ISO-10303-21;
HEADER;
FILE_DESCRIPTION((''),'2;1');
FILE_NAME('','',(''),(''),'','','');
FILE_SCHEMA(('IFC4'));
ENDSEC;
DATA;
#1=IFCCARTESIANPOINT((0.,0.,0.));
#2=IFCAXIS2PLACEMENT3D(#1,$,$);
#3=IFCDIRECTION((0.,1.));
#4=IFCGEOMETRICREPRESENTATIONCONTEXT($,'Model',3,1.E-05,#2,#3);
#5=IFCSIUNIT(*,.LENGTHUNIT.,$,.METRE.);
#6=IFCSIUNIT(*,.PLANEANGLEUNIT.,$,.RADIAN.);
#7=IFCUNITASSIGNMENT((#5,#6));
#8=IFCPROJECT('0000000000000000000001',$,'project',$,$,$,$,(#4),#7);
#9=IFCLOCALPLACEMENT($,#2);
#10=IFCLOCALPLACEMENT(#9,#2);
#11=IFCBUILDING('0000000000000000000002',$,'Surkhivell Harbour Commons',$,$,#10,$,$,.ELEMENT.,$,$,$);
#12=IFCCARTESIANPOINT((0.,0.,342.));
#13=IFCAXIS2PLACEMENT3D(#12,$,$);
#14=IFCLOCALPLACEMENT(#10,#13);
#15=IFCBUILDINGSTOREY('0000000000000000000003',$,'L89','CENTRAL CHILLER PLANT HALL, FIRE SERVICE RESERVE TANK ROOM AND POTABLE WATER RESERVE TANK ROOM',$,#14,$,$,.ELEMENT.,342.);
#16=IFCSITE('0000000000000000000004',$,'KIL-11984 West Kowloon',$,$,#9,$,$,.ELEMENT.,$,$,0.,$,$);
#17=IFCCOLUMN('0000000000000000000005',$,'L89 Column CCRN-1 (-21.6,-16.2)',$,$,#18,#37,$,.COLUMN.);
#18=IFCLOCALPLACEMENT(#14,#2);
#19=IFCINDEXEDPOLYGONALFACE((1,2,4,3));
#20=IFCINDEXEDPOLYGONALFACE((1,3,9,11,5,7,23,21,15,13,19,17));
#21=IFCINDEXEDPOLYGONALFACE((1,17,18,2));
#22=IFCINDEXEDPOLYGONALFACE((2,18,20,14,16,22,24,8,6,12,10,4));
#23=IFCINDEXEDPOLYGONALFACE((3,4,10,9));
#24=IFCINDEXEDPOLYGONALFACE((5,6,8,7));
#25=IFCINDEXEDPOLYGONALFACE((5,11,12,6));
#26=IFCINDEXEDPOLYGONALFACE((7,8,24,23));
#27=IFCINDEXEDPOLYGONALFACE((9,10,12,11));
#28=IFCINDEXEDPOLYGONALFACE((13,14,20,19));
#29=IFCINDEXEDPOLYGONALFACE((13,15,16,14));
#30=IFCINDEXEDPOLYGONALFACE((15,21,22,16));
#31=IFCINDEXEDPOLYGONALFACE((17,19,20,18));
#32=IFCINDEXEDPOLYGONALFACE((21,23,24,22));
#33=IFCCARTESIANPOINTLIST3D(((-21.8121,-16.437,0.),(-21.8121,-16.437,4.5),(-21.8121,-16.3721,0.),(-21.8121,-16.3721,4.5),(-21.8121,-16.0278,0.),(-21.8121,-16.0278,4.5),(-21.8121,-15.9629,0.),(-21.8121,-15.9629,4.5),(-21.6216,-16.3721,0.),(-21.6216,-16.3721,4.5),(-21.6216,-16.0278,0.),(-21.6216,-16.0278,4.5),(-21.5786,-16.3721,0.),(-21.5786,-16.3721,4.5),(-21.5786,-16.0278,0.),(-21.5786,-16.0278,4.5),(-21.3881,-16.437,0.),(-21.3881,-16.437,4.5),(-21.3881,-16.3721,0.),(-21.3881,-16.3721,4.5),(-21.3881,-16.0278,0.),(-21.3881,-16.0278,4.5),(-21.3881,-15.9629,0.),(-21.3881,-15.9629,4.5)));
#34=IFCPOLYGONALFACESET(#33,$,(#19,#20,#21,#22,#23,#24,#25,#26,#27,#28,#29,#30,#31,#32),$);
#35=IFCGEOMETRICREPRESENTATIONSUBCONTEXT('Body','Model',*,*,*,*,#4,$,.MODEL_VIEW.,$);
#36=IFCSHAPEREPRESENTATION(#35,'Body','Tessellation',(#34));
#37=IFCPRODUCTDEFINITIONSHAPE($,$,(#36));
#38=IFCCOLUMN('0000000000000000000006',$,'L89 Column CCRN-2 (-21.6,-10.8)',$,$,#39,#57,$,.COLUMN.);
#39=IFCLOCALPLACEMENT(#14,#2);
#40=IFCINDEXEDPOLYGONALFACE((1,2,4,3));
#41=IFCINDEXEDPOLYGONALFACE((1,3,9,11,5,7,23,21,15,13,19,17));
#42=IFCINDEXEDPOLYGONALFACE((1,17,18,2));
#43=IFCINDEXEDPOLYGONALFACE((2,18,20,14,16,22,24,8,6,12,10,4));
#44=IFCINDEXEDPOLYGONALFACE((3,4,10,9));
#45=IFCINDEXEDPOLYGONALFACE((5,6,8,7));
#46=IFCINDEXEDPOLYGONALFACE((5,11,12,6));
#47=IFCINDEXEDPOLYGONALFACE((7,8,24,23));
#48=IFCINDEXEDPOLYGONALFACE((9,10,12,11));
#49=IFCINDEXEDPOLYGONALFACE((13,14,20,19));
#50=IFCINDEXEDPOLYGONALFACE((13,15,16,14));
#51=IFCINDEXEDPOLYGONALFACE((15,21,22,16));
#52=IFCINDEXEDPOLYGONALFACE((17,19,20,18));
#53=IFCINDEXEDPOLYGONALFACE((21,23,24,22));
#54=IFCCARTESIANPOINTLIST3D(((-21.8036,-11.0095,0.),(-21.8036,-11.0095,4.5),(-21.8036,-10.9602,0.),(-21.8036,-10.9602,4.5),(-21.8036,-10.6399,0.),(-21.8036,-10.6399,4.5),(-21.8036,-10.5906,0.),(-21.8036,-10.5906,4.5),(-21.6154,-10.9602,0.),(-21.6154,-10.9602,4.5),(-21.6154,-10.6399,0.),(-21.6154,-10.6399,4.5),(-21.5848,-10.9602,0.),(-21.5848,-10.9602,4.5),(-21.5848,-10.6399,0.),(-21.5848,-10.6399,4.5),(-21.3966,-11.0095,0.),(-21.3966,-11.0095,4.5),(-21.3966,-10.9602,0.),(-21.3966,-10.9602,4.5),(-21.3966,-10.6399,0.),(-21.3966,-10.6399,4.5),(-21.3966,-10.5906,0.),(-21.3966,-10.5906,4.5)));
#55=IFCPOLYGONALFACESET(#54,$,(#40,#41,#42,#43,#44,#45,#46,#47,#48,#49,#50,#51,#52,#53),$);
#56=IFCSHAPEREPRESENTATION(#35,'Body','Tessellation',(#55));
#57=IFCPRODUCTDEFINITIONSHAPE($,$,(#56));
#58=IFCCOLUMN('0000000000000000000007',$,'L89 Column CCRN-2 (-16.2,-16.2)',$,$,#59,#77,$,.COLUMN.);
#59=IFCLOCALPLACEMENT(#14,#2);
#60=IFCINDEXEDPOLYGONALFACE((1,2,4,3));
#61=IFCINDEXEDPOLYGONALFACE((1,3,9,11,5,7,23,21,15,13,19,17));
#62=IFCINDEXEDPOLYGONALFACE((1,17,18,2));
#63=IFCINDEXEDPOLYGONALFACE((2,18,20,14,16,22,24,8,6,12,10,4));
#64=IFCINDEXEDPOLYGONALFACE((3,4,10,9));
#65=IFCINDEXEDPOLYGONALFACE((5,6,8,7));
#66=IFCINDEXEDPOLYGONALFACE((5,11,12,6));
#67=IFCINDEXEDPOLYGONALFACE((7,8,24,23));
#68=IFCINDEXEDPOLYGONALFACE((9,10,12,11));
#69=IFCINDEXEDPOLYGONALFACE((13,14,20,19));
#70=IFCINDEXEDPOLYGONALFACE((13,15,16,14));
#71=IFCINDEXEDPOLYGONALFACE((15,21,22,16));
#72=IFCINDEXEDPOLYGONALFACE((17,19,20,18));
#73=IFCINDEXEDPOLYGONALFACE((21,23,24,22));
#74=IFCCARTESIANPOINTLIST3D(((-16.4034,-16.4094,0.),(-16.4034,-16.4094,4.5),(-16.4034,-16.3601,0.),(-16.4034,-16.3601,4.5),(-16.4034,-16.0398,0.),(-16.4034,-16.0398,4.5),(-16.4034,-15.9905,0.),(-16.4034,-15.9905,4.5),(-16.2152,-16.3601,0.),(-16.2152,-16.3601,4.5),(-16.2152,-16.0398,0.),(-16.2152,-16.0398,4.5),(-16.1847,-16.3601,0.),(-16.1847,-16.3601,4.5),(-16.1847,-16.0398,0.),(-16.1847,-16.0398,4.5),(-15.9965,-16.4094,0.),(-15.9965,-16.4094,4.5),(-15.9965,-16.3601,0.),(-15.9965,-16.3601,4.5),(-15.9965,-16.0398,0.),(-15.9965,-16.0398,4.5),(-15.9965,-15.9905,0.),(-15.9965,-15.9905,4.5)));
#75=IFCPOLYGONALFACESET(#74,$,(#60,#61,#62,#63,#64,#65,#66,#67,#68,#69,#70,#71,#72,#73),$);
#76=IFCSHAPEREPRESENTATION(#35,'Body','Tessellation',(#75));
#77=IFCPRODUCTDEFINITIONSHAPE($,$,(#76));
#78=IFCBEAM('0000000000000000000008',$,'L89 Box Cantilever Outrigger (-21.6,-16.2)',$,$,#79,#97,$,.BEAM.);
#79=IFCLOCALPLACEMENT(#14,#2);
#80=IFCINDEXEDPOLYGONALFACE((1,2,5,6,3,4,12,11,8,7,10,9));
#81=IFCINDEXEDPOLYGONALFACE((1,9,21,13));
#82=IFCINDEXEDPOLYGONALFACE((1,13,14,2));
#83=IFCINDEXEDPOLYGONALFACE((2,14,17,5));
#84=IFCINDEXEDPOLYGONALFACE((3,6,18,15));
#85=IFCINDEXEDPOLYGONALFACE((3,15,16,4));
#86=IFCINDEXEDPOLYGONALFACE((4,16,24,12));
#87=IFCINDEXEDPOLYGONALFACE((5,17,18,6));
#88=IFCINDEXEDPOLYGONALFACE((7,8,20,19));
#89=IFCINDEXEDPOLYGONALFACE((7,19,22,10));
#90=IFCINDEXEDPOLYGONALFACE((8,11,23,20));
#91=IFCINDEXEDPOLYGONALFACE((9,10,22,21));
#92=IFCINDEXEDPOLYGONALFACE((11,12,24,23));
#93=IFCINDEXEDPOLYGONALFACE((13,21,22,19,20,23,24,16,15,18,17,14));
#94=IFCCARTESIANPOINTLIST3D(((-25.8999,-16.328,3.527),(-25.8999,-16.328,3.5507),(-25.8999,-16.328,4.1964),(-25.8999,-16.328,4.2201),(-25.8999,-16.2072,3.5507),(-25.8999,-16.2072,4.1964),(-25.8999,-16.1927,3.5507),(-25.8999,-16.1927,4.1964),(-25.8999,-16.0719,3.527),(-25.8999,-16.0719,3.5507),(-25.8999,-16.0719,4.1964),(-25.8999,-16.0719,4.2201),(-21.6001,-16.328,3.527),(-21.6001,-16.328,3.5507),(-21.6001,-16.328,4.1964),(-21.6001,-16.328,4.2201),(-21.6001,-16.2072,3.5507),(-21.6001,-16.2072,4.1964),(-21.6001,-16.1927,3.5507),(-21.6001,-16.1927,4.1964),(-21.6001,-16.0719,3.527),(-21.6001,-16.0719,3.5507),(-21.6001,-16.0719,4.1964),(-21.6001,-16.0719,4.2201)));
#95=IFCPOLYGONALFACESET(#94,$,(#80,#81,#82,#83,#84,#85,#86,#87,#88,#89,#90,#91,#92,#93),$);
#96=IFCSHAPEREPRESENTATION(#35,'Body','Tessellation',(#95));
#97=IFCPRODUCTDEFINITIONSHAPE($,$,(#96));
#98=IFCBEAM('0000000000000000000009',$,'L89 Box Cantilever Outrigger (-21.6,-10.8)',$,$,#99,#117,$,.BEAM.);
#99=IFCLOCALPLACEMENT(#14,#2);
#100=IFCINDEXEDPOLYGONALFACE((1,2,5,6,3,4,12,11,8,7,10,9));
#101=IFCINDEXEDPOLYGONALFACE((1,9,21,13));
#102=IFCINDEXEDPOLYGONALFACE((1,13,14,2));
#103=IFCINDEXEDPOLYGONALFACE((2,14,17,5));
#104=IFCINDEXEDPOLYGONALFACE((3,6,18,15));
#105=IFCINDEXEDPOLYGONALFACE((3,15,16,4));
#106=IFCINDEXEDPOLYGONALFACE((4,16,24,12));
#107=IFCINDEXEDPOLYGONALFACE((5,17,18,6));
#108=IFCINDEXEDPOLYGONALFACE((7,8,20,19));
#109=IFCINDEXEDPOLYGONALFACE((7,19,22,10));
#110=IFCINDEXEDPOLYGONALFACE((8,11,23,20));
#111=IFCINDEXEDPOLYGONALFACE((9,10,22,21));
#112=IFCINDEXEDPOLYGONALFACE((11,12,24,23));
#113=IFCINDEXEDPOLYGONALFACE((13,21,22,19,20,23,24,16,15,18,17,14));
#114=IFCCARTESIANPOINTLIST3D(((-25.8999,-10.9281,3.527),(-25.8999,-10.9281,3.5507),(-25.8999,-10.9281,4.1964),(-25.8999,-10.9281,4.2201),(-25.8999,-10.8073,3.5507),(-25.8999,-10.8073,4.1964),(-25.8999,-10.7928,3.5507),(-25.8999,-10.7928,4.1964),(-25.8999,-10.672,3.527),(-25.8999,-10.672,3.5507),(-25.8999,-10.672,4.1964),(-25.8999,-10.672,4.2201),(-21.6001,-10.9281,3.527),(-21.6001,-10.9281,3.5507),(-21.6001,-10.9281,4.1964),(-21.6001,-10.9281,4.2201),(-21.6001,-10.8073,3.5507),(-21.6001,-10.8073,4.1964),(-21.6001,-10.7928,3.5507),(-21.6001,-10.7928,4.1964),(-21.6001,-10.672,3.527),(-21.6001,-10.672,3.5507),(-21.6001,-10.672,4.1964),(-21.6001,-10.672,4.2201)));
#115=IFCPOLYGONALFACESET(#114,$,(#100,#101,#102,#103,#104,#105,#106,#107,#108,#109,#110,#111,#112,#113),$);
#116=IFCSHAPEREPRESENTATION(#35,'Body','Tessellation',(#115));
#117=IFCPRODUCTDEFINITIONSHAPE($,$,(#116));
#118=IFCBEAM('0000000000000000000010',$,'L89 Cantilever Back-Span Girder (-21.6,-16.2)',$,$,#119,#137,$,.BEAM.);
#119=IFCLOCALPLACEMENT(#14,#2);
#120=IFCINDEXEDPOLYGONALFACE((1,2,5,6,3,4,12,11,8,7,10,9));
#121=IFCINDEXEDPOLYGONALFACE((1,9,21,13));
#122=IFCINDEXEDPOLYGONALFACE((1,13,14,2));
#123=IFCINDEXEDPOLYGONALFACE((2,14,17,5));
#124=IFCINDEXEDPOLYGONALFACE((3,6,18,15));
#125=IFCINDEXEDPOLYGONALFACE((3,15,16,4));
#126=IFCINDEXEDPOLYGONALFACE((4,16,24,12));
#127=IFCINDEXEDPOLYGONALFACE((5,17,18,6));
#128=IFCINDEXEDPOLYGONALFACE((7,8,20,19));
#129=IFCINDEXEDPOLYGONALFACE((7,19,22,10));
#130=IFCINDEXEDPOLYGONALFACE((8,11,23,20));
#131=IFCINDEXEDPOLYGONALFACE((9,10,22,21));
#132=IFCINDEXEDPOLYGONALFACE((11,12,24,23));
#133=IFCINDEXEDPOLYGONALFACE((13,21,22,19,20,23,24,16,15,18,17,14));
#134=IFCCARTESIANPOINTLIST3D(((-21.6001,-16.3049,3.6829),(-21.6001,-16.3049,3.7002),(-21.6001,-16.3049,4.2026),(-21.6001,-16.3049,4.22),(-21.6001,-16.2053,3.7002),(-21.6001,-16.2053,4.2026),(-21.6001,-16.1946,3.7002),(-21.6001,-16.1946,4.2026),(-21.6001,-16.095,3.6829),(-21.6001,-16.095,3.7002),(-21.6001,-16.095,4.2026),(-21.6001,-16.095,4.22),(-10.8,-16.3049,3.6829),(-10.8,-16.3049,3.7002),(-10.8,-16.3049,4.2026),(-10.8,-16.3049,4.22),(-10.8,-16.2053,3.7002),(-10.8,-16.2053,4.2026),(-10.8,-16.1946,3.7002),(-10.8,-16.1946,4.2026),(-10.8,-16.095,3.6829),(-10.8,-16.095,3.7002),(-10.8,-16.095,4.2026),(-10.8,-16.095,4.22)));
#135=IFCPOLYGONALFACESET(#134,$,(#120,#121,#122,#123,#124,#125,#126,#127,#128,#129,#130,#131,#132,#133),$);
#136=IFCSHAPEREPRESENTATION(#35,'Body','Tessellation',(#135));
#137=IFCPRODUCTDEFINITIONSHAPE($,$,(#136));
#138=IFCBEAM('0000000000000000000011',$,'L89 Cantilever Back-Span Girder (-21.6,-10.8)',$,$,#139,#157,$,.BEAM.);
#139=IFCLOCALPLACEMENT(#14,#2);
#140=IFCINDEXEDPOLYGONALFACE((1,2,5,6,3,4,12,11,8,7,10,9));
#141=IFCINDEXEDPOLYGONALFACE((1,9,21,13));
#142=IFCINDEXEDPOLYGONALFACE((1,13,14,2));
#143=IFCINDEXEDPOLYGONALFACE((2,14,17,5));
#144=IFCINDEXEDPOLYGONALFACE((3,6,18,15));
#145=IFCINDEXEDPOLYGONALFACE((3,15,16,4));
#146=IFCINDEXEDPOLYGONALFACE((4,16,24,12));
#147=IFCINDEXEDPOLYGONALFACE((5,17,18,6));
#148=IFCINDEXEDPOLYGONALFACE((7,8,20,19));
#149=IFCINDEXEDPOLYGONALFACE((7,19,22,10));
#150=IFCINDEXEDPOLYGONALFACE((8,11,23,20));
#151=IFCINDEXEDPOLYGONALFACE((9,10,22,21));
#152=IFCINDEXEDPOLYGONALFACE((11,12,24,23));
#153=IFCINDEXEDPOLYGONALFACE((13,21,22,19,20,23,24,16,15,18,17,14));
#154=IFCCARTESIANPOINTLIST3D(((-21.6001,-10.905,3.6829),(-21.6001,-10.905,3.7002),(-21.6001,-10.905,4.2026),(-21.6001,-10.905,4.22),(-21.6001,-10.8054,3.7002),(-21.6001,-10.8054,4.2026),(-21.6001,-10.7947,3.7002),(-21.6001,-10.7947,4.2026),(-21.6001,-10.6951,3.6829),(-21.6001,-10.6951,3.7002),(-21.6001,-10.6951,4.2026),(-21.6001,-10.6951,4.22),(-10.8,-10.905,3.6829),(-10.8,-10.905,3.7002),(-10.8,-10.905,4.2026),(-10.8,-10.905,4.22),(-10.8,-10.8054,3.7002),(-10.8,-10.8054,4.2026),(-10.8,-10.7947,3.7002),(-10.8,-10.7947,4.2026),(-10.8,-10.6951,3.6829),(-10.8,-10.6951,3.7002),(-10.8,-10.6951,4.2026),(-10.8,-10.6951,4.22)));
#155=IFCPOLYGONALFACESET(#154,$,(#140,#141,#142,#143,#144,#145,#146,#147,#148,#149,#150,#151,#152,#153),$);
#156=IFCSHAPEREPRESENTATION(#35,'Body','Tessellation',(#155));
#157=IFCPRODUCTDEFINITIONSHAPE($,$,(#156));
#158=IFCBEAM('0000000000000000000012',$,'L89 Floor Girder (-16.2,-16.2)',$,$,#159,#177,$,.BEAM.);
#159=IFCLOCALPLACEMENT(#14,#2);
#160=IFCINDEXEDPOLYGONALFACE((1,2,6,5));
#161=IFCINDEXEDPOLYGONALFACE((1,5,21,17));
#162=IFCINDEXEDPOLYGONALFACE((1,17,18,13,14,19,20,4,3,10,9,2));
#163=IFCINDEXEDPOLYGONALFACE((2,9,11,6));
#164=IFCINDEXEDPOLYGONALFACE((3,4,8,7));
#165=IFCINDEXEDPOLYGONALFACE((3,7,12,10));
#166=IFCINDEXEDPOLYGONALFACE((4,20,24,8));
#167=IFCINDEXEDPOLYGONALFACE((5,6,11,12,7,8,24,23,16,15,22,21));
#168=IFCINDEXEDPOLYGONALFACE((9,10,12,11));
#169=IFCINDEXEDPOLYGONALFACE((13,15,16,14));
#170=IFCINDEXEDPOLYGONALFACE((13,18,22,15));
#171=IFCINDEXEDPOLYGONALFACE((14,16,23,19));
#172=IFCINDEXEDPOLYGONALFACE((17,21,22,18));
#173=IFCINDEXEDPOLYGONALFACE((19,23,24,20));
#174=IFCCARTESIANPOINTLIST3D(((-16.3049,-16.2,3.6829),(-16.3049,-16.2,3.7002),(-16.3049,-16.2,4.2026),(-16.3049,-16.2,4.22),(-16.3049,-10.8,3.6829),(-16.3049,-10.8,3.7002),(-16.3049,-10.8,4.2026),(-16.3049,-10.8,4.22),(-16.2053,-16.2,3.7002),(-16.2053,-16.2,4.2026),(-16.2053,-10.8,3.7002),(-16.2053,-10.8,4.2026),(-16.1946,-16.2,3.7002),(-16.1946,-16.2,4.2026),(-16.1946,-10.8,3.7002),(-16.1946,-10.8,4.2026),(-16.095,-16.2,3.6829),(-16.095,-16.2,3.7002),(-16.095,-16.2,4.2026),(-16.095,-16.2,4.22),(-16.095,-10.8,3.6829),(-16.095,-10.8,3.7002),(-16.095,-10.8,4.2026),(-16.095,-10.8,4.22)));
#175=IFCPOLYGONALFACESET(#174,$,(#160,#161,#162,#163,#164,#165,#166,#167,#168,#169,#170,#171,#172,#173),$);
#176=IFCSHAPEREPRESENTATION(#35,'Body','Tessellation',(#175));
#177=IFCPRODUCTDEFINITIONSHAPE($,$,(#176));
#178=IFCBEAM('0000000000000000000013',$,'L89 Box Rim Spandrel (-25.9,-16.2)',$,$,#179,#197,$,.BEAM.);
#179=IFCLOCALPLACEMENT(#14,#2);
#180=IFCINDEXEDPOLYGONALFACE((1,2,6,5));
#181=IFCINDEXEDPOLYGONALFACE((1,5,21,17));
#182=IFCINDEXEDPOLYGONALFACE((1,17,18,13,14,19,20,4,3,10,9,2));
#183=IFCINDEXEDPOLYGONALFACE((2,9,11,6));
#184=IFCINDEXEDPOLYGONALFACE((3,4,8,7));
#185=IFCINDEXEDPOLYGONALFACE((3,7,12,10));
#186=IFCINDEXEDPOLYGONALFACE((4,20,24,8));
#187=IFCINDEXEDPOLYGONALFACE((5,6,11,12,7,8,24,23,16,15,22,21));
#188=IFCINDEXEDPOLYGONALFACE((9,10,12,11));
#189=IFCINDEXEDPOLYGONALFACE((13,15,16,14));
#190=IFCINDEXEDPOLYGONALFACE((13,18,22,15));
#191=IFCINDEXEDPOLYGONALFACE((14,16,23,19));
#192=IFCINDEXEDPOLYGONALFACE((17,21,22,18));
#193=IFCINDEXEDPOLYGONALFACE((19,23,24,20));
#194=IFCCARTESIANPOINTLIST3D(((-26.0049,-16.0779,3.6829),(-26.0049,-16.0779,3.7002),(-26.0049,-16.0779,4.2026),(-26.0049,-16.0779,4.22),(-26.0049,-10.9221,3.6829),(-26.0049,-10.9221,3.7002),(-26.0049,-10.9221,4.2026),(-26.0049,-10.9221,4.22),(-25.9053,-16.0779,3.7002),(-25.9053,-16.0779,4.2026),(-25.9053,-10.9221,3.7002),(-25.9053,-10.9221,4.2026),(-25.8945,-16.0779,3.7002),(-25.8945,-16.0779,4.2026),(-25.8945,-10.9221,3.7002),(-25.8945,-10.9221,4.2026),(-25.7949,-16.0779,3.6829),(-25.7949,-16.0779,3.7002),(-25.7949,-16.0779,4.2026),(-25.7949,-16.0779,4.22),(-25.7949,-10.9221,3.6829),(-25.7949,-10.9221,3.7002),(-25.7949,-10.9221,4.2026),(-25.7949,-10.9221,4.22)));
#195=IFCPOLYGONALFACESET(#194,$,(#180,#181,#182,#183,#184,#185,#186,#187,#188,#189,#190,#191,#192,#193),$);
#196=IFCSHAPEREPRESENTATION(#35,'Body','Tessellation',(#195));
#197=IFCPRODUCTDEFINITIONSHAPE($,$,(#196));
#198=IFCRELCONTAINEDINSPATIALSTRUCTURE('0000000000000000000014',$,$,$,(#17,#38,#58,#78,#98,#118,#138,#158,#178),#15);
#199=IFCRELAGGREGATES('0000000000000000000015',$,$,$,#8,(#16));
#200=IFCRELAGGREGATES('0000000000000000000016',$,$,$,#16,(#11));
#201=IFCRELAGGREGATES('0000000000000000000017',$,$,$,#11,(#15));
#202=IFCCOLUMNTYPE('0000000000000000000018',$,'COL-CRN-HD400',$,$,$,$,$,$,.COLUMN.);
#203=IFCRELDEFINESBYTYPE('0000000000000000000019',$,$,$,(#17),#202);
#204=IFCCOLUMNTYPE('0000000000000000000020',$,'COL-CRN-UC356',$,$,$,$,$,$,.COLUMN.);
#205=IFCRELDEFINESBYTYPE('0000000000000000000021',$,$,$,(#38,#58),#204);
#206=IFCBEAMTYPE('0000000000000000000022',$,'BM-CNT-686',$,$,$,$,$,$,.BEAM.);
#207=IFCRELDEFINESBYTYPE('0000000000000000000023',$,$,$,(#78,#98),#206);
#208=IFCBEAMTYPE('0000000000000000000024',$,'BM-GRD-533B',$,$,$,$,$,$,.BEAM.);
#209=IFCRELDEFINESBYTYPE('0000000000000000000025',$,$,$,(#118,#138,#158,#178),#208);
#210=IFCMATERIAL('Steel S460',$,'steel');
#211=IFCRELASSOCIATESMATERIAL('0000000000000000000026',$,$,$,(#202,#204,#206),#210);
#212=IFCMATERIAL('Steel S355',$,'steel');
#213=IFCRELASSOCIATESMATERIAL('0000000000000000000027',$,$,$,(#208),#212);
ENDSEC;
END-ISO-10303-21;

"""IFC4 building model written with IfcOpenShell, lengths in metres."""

from ifc_helpers import new_model, si_unit, direction, frame, origin, origin_2d, place, context, subcontext, project, spatial, i_section, extrude, material, material_profile, profile_set, type_object, element, save


model = new_model("IFC4")

# Units and contexts
model_context = context("Model", 3, precision=1e-05, world=origin(), true_north=direction((0.0, 1.0)))
body_context = subcontext(model_context, "Body", "Model", "MODEL_VIEW")
ifc_project = project(units=[si_unit("LENGTHUNIT", "METRE"), si_unit("PLANEANGLEUNIT", "RADIAN")], contexts=[model_context])

# Site, building, storey
site_placement = place(None, origin())
site = spatial("IfcSite", under=ifc_project, at=site_placement, Name="KIL-11984 West Kowloon", CompositionType="ELEMENT", RefElevation=0.0)
building_placement = place(site_placement, origin())
building = spatial("IfcBuilding", under=site, at=building_placement, Name="Surkhivell Harbour Commons", CompositionType="ELEMENT")
storey_placement = place(building_placement, frame((0.0, 0.0, 342.0)))
storey = spatial("IfcBuildingStorey", under=building, at=storey_placement, Name="L89", Description="CENTRAL CHILLER PLANT HALL, FIRE SERVICE RESERVE TANK ROOM AND POTABLE WATER RESERVE TANK ROOM", CompositionType="ELEMENT", Elevation=342.0)

# Columns
ifc_material_1 = material(Name="Steel S460", Category="steel")
ifc_material_profile_1 = material_profile(ifc_material_1, i_section(OverallWidth=0.4241, OverallDepth=0.4741, WebThickness=0.043, FlangeThickness=0.0649, at=origin_2d()), Name="HD400x634")
ifc_profile_set_1 = profile_set([ifc_material_profile_1], Name="Steel S460")
column_type_1 = type_object("IfcColumnType", Name="COL-CRN-HD400", PredefinedType="COLUMN", material=ifc_profile_set_1)
column_placement = place(storey_placement, frame((-21.6001, -16.2, 0.0), z_axis=(0.0, 0.0, 1.0), x_axis=(1.0, 0.0, 0.0)))
element("IfcColumn", 1, at=column_placement, inside=storey, type_object=column_type_1, Name="L89 Column CCRN-1 (-21.6,-16.2)", PredefinedType="COLUMN", context=body_context, shape_type="SweptSolid", body=[
    extrude(i_section(OverallWidth=0.4241, OverallDepth=0.4741, WebThickness=0.043, FlangeThickness=0.0649, at=origin_2d()), origin(), (0.0, 0.0, 1.0), 4.5),
])
ifc_material_profile_2 = material_profile(ifc_material_1, i_section(OverallWidth=0.407, OverallDepth=0.4189, WebThickness=0.0305, FlangeThickness=0.0493, at=origin_2d()), Name="UC356x406x393")
ifc_profile_set_2 = profile_set([ifc_material_profile_2], Name="Steel S460")
column_type_2 = type_object("IfcColumnType", Name="COL-CRN-UC356", PredefinedType="COLUMN", material=ifc_profile_set_2)
for number, where, z_axis, x_axis, name in (
    (2, (-21.6001, -10.8, 0.0), (0.0, 0.0, 1.0), (1.0, 0.0, 0.0), "L89 Column CCRN-2 (-21.6,-10.8)"),
    (3, (-16.2, -16.2, 0.0), (0.0, 0.0, 1.0), (1.0, 0.0, 0.0), "L89 Column CCRN-2 (-16.2,-16.2)"),
):
    element("IfcColumn", number, at=place(storey_placement, frame(where, z_axis=z_axis, x_axis=x_axis)), inside=storey, type_object=column_type_2, Name=name, PredefinedType="COLUMN", context=body_context, shape_type="SweptSolid", body=[
        extrude(i_section(OverallWidth=0.407, OverallDepth=0.4189, WebThickness=0.0305, FlangeThickness=0.0493, at=origin_2d()), origin(), (0.0, 0.0, 1.0), 4.5),
    ])

# Beams
ifc_material_profile_3 = material_profile(ifc_material_1, i_section(OverallWidth=0.2561, OverallDepth=0.6931, WebThickness=0.0144, FlangeThickness=0.0237, at=origin_2d()), Name="UB686x254x170")
ifc_profile_set_3 = profile_set([ifc_material_profile_3], Name="Steel S460")
beam_type_1 = type_object("IfcBeamType", Name="BM-CNT-686", PredefinedType="BEAM", material=ifc_profile_set_3)
for number, where, z_axis, x_axis, name in (
    (4, (-21.6001, -16.2, 3.8735), (-1.0, 0.0, 0.0), (0.0, -1.0, 0.0), "L89 Box Cantilever Outrigger (-21.6,-16.2)"),
    (5, (-21.6001, -10.8, 3.8735), (-1.0, 0.0, 0.0), (0.0, -1.0, 0.0), "L89 Box Cantilever Outrigger (-21.6,-10.8)"),
):
    element("IfcBeam", number, at=place(storey_placement, frame(where, z_axis=z_axis, x_axis=x_axis)), inside=storey, type_object=beam_type_1, Name=name, PredefinedType="BEAM", context=body_context, shape_type="SweptSolid", body=[
        extrude(i_section(OverallWidth=0.2561, OverallDepth=0.6931, WebThickness=0.0144, FlangeThickness=0.0237, at=origin_2d()), origin(), (0.0, 0.0, 1.0), 4.2998),
    ])
ifc_material_2 = material(Name="Steel S355", Category="steel")
ifc_material_profile_4 = material_profile(ifc_material_2, i_section(OverallWidth=0.21, OverallDepth=0.5371, WebThickness=0.0107, FlangeThickness=0.0173, at=origin_2d()), Name="UB533x210x101")
ifc_profile_set_4 = profile_set([ifc_material_profile_4], Name="Steel S355")
beam_type_2 = type_object("IfcBeamType", Name="BM-GRD-533B", PredefinedType="BEAM", material=ifc_profile_set_4)
for number, where, z_axis, x_axis, name in (
    (6, (-21.6001, -16.2, 3.9514), (1.0, 0.0, 0.0), (0.0, 1.0, 0.0), "L89 Cantilever Back-Span Girder (-21.6,-16.2)"),
    (7, (-21.6001, -10.8, 3.9514), (1.0, 0.0, 0.0), (0.0, 1.0, 0.0), "L89 Cantilever Back-Span Girder (-21.6,-10.8)"),
):
    element("IfcBeam", number, at=place(storey_placement, frame(where, z_axis=z_axis, x_axis=x_axis)), inside=storey, type_object=beam_type_2, Name=name, PredefinedType="BEAM", context=body_context, shape_type="SweptSolid", body=[
        extrude(i_section(OverallWidth=0.21, OverallDepth=0.5371, WebThickness=0.0107, FlangeThickness=0.0173, at=origin_2d()), origin(), (0.0, 0.0, 1.0), 10.8),
    ])
beam_1_placement = place(storey_placement, frame((-16.2, -16.2, 3.9514), z_axis=(0.0, 1.0, 0.0), x_axis=(-1.0, 0.0, 0.0)))
element("IfcBeam", 8, at=beam_1_placement, inside=storey, type_object=beam_type_2, Name="L89 Floor Girder (-16.2,-16.2)", PredefinedType="BEAM", context=body_context, shape_type="SweptSolid", body=[
    extrude(i_section(OverallWidth=0.21, OverallDepth=0.5371, WebThickness=0.0107, FlangeThickness=0.0173, at=origin_2d()), origin(), (0.0, 0.0, 1.0), 5.3999),
])
beam_2_placement = place(storey_placement, frame((-25.8999, -16.0779, 3.9514), z_axis=(0.0, 1.0, 0.0), x_axis=(-1.0, 0.0, 0.0)))
element("IfcBeam", 9, at=beam_2_placement, inside=storey, type_object=beam_type_2, Name="L89 Box Rim Spandrel (-25.9,-16.2)", PredefinedType="BEAM", context=body_context, shape_type="SweptSolid", body=[
    extrude(i_section(OverallWidth=0.21, OverallDepth=0.5371, WebThickness=0.0107, FlangeThickness=0.0173, at=origin_2d()), origin(), (0.0, 0.0, 1.0), 5.1558),
])

save(model, "model.ifc")
